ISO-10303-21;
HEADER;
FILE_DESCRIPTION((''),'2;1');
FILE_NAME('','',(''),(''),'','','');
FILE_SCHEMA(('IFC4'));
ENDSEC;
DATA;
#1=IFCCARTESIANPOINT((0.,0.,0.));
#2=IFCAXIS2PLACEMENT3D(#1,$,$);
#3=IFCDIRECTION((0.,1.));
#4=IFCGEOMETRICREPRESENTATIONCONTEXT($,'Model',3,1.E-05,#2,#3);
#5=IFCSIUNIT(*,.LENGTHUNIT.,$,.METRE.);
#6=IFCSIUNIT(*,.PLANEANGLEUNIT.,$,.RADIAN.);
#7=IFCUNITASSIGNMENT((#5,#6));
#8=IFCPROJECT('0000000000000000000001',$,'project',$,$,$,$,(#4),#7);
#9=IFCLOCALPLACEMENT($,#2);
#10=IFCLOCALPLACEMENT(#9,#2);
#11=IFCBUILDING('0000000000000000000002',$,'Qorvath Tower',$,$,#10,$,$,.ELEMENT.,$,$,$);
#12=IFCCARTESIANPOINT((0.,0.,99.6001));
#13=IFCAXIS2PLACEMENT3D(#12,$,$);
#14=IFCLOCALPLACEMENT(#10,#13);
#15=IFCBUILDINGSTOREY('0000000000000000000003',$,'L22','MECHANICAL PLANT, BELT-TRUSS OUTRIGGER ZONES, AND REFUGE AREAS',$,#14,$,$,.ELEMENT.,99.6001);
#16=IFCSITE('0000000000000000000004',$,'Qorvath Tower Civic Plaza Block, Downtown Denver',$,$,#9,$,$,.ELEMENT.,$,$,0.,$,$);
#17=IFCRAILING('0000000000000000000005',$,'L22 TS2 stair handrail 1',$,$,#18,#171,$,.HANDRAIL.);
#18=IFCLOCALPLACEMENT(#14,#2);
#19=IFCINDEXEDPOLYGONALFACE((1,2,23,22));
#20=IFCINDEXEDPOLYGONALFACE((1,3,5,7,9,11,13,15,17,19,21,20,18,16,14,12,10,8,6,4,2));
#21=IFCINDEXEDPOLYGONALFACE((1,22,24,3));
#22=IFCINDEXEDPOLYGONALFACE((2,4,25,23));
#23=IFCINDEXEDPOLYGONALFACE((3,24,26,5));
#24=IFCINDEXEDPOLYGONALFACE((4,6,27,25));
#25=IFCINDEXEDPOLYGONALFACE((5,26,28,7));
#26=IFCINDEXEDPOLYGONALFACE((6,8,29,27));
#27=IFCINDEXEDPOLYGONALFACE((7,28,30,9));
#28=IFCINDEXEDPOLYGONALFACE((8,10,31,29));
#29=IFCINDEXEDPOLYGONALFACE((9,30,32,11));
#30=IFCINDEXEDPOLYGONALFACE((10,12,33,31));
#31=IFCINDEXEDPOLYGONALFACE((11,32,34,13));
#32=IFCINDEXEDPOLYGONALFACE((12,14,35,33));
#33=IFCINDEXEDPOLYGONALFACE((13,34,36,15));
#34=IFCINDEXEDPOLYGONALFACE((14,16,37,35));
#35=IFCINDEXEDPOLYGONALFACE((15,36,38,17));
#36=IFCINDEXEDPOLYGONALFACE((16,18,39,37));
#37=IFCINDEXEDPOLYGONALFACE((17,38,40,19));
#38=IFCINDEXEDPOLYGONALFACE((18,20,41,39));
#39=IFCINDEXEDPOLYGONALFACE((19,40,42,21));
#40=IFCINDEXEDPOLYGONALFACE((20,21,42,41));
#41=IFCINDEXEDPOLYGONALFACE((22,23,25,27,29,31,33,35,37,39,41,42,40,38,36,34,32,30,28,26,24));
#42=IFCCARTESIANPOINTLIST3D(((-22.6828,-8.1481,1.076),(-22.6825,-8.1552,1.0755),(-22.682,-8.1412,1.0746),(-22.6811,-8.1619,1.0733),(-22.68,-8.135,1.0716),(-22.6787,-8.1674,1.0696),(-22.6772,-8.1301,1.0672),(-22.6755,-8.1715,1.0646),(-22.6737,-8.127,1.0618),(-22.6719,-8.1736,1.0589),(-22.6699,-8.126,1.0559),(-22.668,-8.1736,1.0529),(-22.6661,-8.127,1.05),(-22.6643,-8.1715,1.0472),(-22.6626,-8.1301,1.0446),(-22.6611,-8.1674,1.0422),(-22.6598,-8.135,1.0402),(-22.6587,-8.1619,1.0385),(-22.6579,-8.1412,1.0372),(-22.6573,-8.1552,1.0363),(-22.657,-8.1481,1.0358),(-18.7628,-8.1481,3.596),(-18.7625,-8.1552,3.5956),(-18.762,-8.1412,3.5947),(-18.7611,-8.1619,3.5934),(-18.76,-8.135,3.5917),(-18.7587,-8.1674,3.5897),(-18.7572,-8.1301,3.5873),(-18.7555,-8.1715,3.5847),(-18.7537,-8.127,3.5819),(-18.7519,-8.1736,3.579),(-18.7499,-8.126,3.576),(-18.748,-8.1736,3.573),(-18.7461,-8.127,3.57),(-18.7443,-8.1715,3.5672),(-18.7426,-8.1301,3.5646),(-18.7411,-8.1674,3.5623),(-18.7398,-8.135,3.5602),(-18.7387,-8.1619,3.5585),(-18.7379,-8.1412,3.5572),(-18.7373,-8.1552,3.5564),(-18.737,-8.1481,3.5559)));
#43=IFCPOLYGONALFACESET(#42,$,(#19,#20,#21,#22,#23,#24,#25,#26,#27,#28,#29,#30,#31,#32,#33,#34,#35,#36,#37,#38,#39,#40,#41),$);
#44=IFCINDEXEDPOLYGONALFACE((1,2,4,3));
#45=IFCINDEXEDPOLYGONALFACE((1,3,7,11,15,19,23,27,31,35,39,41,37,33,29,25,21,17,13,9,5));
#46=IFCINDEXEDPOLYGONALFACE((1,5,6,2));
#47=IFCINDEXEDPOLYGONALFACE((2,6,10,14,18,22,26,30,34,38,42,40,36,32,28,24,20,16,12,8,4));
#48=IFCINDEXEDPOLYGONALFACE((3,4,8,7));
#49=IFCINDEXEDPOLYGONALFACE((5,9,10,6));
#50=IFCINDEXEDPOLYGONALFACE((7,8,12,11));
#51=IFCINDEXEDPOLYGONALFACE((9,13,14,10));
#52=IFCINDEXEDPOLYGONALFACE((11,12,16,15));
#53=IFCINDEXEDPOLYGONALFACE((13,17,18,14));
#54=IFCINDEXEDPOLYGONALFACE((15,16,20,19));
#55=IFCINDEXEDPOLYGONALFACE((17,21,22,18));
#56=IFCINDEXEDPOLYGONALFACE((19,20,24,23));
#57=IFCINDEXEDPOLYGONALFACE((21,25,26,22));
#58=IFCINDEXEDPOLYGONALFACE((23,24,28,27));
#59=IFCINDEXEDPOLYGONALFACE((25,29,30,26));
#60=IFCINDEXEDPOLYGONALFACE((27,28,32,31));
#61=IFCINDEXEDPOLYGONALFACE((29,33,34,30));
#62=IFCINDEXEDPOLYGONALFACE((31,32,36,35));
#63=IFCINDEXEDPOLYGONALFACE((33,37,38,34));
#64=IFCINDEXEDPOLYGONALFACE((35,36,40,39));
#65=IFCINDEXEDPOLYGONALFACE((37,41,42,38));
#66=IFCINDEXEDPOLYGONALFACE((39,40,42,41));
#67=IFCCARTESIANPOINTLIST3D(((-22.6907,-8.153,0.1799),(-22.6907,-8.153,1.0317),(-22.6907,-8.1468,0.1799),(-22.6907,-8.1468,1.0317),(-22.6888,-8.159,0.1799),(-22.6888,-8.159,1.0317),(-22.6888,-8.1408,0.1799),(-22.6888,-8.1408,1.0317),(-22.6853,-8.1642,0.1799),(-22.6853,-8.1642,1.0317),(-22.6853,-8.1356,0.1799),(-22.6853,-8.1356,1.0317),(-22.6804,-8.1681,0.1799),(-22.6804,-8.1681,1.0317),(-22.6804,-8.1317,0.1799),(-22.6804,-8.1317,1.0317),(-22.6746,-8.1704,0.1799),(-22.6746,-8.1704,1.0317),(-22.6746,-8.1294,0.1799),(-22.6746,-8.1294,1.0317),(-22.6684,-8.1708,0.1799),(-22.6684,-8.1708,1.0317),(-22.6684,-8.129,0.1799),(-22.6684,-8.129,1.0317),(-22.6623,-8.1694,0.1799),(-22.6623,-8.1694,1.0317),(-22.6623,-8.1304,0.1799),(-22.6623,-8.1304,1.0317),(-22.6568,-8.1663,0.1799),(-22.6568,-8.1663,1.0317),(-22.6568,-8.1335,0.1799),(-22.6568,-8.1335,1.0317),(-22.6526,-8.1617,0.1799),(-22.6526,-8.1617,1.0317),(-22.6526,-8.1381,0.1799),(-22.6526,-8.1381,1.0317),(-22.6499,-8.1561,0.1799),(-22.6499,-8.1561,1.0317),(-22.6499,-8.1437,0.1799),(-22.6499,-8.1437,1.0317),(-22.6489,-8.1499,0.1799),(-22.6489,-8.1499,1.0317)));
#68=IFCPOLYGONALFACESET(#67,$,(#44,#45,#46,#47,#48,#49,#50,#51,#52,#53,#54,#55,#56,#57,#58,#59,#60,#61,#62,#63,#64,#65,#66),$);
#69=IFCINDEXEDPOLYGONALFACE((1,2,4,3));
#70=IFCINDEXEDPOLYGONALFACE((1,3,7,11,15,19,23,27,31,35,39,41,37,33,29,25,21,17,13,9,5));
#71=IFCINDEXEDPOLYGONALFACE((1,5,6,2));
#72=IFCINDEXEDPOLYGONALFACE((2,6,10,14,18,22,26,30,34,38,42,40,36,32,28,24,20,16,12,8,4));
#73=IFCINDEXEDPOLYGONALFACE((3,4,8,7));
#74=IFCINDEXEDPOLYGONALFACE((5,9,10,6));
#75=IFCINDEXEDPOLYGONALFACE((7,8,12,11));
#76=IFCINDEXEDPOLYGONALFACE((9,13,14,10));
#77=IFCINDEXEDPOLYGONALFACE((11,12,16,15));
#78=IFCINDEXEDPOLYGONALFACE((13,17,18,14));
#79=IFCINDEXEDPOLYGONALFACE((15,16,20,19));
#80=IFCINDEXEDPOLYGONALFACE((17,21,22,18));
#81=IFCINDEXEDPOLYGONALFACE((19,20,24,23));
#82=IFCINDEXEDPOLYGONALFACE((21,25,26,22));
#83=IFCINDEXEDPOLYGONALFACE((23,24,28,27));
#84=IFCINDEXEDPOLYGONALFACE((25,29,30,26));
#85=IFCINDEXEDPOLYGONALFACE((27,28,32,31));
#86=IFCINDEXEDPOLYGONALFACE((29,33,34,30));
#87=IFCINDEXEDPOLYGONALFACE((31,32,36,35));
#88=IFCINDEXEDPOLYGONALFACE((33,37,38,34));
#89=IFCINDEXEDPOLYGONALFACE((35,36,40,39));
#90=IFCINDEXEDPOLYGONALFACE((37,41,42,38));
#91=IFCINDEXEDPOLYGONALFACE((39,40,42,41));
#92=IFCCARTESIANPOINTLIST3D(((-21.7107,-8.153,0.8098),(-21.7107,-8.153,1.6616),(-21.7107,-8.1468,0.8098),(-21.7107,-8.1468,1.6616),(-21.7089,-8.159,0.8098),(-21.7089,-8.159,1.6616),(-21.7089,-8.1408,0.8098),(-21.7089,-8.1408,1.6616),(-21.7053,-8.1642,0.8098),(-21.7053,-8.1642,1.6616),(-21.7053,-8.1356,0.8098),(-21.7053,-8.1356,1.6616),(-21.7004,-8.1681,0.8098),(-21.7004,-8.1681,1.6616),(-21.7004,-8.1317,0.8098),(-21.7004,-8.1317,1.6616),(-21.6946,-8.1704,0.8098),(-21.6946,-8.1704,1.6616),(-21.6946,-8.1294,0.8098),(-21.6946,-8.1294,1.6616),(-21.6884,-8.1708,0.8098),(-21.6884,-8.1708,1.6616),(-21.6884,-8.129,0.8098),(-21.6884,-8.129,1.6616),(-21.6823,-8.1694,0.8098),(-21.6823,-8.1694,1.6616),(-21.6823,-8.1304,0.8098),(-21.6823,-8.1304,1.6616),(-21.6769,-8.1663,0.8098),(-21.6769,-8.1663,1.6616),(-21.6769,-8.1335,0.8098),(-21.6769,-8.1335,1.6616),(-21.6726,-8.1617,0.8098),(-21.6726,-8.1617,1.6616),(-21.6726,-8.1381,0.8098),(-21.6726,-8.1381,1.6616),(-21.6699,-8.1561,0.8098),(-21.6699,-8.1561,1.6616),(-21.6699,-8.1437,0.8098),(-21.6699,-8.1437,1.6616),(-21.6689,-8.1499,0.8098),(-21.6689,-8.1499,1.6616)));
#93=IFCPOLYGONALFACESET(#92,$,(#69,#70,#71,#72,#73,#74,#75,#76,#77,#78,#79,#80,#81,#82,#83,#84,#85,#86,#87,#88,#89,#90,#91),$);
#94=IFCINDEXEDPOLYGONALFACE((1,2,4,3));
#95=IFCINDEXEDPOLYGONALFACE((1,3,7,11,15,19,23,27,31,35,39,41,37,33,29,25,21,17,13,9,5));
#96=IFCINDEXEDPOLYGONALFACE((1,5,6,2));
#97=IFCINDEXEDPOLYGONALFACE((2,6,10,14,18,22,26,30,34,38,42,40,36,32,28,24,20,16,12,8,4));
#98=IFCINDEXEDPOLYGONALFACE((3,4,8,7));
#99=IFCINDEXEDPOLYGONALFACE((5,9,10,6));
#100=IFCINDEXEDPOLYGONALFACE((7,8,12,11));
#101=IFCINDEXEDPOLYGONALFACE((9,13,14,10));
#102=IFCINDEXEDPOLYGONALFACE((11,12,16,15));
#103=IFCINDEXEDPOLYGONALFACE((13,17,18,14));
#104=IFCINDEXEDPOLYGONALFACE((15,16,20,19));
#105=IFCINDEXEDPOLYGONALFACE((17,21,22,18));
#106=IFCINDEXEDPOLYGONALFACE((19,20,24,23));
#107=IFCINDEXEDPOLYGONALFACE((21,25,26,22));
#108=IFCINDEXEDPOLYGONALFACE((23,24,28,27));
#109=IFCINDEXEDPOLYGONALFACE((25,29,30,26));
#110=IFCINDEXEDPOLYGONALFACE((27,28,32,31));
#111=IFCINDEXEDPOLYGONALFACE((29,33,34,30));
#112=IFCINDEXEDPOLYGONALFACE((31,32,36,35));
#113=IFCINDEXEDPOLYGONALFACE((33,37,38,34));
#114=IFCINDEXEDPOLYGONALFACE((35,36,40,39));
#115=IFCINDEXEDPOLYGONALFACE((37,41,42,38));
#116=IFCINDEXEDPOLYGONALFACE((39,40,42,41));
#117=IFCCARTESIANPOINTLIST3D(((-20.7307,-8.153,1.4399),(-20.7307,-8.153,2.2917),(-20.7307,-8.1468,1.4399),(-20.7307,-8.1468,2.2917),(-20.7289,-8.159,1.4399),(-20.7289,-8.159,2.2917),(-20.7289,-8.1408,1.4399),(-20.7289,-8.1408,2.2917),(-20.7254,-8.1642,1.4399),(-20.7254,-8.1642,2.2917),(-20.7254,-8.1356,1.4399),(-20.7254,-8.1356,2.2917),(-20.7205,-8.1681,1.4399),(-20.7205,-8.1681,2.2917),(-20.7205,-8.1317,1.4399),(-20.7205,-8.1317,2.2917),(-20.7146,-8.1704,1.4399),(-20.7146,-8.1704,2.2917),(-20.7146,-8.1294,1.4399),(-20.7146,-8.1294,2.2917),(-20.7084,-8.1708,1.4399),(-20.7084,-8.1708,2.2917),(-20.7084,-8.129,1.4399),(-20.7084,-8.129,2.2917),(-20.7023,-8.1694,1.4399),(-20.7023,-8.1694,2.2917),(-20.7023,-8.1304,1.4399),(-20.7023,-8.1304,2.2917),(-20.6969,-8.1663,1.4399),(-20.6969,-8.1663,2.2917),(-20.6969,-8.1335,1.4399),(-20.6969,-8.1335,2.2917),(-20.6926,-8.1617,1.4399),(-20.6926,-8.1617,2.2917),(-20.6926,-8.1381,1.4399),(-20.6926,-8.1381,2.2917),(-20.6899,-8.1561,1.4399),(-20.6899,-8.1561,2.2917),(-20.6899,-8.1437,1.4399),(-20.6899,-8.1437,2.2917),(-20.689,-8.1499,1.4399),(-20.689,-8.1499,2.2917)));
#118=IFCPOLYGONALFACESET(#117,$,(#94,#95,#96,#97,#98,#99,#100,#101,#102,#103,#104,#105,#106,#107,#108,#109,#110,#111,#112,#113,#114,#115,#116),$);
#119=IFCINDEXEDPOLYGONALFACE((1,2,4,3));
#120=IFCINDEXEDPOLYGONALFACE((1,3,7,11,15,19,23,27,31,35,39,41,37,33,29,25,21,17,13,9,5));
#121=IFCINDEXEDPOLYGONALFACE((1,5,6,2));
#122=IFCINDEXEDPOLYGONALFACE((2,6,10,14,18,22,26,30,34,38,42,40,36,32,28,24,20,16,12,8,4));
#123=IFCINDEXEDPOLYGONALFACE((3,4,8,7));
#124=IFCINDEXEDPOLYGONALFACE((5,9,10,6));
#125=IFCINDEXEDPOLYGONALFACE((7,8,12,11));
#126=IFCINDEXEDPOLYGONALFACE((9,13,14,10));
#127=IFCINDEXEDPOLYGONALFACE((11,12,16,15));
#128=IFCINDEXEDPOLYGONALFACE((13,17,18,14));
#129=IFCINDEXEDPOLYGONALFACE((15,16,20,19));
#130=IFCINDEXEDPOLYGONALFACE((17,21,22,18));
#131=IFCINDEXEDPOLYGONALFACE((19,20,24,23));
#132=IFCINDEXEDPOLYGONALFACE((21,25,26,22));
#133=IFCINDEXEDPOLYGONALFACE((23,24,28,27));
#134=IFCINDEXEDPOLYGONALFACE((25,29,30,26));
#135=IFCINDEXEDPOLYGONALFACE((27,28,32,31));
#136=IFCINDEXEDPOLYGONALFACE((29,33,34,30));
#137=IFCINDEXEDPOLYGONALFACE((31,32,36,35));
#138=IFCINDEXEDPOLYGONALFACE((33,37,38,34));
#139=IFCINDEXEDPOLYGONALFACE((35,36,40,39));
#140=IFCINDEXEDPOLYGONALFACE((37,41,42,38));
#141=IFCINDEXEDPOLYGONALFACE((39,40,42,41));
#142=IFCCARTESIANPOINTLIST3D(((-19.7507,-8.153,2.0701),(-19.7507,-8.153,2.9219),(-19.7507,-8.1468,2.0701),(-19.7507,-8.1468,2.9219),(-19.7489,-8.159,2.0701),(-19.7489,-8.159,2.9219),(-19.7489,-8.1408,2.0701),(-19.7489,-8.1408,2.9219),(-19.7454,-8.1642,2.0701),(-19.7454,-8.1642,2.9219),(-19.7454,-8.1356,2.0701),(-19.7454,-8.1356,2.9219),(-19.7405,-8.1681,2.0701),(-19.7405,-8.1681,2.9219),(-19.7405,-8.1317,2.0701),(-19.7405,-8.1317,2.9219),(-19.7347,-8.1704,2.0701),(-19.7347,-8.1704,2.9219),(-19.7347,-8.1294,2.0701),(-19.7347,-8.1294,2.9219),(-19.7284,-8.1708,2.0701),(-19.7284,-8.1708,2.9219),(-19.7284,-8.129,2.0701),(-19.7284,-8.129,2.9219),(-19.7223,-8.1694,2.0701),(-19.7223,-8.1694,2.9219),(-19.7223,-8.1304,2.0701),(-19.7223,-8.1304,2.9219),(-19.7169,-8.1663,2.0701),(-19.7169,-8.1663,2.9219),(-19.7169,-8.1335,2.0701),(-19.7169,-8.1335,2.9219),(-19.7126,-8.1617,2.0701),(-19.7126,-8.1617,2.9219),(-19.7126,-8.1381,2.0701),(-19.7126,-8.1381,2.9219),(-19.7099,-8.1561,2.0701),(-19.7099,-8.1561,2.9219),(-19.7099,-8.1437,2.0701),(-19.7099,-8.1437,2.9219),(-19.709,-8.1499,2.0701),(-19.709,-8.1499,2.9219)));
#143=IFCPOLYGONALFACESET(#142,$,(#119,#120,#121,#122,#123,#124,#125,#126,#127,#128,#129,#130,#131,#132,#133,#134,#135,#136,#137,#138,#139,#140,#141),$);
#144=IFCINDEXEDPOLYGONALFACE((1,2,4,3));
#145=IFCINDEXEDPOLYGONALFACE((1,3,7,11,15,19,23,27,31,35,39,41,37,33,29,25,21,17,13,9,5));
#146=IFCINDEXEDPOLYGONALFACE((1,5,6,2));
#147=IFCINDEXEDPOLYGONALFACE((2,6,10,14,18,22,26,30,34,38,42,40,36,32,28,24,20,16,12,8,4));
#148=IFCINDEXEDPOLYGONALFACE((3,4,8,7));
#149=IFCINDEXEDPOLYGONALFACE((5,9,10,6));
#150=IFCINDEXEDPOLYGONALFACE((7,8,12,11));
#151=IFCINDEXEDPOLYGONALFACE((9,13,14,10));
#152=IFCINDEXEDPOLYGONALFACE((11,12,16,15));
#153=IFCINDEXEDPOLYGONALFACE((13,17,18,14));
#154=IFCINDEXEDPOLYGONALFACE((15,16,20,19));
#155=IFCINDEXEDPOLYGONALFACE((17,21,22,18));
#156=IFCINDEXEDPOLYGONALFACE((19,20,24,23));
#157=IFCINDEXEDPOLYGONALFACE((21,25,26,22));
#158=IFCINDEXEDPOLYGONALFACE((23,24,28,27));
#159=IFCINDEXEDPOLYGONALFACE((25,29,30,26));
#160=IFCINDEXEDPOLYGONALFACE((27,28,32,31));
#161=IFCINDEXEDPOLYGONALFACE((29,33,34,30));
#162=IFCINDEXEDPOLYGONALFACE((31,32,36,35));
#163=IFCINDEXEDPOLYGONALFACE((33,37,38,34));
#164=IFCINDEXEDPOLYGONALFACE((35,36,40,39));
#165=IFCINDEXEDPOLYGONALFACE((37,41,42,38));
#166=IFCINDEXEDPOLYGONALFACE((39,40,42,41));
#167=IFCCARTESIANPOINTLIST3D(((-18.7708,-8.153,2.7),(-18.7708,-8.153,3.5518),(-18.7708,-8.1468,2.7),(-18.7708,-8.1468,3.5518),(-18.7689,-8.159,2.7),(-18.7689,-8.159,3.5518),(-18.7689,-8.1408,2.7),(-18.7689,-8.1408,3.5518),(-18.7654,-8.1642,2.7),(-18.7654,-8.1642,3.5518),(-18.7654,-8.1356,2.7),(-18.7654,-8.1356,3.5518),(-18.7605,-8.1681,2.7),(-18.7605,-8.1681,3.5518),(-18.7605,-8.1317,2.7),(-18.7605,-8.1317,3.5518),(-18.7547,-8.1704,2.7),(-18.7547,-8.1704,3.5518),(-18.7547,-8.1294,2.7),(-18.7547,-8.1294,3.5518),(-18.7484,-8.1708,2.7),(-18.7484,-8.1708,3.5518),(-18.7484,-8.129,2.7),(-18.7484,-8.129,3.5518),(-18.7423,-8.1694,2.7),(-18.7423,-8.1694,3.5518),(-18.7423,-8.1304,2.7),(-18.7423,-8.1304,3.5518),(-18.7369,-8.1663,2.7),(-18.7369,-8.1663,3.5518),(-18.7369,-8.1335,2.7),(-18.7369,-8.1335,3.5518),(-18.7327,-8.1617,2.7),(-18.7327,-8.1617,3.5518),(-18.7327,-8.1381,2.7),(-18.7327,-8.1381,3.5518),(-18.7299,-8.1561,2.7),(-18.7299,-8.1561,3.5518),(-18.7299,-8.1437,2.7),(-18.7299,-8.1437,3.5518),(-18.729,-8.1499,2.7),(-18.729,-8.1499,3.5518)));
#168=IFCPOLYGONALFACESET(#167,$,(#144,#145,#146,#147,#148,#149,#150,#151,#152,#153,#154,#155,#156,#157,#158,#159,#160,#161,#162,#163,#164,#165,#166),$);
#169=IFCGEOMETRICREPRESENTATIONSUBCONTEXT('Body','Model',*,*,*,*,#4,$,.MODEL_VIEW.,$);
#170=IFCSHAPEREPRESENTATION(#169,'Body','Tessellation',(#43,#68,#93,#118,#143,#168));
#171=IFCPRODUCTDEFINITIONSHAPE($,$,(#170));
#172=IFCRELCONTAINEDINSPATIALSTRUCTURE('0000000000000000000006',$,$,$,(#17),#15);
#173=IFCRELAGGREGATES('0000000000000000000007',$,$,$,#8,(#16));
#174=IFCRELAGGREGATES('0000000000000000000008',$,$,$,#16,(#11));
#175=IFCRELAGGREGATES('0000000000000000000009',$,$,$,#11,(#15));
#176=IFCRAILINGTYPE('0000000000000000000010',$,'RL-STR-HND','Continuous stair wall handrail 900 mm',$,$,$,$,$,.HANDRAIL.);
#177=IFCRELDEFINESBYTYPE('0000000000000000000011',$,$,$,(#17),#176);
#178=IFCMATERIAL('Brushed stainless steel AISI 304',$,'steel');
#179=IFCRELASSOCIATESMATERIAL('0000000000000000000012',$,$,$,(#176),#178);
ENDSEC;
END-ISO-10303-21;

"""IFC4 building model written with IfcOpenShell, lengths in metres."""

from ifc_helpers import new_model, si_unit, direction, frame, origin, origin_2d, place, context, subcontext, project, spatial, circle, extrude, material, type_object, element, save


model = new_model("IFC4")

# Units and contexts
model_context = context("Model", 3, precision=1e-05, world=origin(), true_north=direction((0.0, 1.0)))
body_context = subcontext(model_context, "Body", "Model", "MODEL_VIEW")
ifc_project = project(units=[si_unit("LENGTHUNIT", "METRE"), si_unit("PLANEANGLEUNIT", "RADIAN")], contexts=[model_context])

# Site, building, storey
site_placement = place(None, origin())
site = spatial("IfcSite", under=ifc_project, at=site_placement, Name="Qorvath Tower Civic Plaza Block, Downtown Denver", CompositionType="ELEMENT", RefElevation=0.0)
building_placement = place(site_placement, origin())
building = spatial("IfcBuilding", under=site, at=building_placement, Name="Qorvath Tower", CompositionType="ELEMENT")
storey_placement = place(building_placement, frame((0.0, 0.0, 99.6001)))
storey = spatial("IfcBuildingStorey", under=building, at=storey_placement, Name="L22", Description="MECHANICAL PLANT, BELT-TRUSS OUTRIGGER ZONES, AND REFUGE AREAS", CompositionType="ELEMENT", Elevation=99.6001)

# Railing
ifc_material_1 = material(Name="Brushed stainless steel AISI 304", Category="steel")
railing_type_1 = type_object("IfcRailingType", Name="RL-STR-HND", Description="Continuous stair wall handrail 900 mm", PredefinedType="HANDRAIL", material=ifc_material_1)
railing_1_placement = place(storey_placement, frame((-22.6699, -8.1499, 0.1799)))
element("IfcRailing", 1, at=railing_1_placement, inside=storey, type_object=railing_type_1, Name="L22 TS2 stair handrail 1", PredefinedType="HANDRAIL", context=body_context, shape_type="SweptSolid", body=[
    extrude(circle(Radius=0.0239, at=origin_2d()), frame((0.0, 0.0, 0.876), z_axis=(0.841172, 0.0, 0.540768), x_axis=(0.0, 1.0, 0.0)), (0.0, 0.0, 1.0), 4.6602),
    extrude(circle(Radius=0.021, at=origin_2d()), origin(), (0.0, 0.0, 1.0), 0.8518),
    extrude(circle(Radius=0.021, at=origin_2d()), frame((0.98, 0.0, 0.6299)), (0.0, 0.0, 1.0), 0.8518),
    extrude(circle(Radius=0.021, at=origin_2d()), frame((1.96, 0.0, 1.26)), (0.0, 0.0, 1.0), 0.8518),
    extrude(circle(Radius=0.021, at=origin_2d()), frame((2.9399, 0.0, 1.8901)), (0.0, 0.0, 1.0), 0.8518),
    extrude(circle(Radius=0.021, at=origin_2d()), frame((3.9199, 0.0, 2.52)), (0.0, 0.0, 1.0), 0.8518),
])

save(model, "model.ifc")
